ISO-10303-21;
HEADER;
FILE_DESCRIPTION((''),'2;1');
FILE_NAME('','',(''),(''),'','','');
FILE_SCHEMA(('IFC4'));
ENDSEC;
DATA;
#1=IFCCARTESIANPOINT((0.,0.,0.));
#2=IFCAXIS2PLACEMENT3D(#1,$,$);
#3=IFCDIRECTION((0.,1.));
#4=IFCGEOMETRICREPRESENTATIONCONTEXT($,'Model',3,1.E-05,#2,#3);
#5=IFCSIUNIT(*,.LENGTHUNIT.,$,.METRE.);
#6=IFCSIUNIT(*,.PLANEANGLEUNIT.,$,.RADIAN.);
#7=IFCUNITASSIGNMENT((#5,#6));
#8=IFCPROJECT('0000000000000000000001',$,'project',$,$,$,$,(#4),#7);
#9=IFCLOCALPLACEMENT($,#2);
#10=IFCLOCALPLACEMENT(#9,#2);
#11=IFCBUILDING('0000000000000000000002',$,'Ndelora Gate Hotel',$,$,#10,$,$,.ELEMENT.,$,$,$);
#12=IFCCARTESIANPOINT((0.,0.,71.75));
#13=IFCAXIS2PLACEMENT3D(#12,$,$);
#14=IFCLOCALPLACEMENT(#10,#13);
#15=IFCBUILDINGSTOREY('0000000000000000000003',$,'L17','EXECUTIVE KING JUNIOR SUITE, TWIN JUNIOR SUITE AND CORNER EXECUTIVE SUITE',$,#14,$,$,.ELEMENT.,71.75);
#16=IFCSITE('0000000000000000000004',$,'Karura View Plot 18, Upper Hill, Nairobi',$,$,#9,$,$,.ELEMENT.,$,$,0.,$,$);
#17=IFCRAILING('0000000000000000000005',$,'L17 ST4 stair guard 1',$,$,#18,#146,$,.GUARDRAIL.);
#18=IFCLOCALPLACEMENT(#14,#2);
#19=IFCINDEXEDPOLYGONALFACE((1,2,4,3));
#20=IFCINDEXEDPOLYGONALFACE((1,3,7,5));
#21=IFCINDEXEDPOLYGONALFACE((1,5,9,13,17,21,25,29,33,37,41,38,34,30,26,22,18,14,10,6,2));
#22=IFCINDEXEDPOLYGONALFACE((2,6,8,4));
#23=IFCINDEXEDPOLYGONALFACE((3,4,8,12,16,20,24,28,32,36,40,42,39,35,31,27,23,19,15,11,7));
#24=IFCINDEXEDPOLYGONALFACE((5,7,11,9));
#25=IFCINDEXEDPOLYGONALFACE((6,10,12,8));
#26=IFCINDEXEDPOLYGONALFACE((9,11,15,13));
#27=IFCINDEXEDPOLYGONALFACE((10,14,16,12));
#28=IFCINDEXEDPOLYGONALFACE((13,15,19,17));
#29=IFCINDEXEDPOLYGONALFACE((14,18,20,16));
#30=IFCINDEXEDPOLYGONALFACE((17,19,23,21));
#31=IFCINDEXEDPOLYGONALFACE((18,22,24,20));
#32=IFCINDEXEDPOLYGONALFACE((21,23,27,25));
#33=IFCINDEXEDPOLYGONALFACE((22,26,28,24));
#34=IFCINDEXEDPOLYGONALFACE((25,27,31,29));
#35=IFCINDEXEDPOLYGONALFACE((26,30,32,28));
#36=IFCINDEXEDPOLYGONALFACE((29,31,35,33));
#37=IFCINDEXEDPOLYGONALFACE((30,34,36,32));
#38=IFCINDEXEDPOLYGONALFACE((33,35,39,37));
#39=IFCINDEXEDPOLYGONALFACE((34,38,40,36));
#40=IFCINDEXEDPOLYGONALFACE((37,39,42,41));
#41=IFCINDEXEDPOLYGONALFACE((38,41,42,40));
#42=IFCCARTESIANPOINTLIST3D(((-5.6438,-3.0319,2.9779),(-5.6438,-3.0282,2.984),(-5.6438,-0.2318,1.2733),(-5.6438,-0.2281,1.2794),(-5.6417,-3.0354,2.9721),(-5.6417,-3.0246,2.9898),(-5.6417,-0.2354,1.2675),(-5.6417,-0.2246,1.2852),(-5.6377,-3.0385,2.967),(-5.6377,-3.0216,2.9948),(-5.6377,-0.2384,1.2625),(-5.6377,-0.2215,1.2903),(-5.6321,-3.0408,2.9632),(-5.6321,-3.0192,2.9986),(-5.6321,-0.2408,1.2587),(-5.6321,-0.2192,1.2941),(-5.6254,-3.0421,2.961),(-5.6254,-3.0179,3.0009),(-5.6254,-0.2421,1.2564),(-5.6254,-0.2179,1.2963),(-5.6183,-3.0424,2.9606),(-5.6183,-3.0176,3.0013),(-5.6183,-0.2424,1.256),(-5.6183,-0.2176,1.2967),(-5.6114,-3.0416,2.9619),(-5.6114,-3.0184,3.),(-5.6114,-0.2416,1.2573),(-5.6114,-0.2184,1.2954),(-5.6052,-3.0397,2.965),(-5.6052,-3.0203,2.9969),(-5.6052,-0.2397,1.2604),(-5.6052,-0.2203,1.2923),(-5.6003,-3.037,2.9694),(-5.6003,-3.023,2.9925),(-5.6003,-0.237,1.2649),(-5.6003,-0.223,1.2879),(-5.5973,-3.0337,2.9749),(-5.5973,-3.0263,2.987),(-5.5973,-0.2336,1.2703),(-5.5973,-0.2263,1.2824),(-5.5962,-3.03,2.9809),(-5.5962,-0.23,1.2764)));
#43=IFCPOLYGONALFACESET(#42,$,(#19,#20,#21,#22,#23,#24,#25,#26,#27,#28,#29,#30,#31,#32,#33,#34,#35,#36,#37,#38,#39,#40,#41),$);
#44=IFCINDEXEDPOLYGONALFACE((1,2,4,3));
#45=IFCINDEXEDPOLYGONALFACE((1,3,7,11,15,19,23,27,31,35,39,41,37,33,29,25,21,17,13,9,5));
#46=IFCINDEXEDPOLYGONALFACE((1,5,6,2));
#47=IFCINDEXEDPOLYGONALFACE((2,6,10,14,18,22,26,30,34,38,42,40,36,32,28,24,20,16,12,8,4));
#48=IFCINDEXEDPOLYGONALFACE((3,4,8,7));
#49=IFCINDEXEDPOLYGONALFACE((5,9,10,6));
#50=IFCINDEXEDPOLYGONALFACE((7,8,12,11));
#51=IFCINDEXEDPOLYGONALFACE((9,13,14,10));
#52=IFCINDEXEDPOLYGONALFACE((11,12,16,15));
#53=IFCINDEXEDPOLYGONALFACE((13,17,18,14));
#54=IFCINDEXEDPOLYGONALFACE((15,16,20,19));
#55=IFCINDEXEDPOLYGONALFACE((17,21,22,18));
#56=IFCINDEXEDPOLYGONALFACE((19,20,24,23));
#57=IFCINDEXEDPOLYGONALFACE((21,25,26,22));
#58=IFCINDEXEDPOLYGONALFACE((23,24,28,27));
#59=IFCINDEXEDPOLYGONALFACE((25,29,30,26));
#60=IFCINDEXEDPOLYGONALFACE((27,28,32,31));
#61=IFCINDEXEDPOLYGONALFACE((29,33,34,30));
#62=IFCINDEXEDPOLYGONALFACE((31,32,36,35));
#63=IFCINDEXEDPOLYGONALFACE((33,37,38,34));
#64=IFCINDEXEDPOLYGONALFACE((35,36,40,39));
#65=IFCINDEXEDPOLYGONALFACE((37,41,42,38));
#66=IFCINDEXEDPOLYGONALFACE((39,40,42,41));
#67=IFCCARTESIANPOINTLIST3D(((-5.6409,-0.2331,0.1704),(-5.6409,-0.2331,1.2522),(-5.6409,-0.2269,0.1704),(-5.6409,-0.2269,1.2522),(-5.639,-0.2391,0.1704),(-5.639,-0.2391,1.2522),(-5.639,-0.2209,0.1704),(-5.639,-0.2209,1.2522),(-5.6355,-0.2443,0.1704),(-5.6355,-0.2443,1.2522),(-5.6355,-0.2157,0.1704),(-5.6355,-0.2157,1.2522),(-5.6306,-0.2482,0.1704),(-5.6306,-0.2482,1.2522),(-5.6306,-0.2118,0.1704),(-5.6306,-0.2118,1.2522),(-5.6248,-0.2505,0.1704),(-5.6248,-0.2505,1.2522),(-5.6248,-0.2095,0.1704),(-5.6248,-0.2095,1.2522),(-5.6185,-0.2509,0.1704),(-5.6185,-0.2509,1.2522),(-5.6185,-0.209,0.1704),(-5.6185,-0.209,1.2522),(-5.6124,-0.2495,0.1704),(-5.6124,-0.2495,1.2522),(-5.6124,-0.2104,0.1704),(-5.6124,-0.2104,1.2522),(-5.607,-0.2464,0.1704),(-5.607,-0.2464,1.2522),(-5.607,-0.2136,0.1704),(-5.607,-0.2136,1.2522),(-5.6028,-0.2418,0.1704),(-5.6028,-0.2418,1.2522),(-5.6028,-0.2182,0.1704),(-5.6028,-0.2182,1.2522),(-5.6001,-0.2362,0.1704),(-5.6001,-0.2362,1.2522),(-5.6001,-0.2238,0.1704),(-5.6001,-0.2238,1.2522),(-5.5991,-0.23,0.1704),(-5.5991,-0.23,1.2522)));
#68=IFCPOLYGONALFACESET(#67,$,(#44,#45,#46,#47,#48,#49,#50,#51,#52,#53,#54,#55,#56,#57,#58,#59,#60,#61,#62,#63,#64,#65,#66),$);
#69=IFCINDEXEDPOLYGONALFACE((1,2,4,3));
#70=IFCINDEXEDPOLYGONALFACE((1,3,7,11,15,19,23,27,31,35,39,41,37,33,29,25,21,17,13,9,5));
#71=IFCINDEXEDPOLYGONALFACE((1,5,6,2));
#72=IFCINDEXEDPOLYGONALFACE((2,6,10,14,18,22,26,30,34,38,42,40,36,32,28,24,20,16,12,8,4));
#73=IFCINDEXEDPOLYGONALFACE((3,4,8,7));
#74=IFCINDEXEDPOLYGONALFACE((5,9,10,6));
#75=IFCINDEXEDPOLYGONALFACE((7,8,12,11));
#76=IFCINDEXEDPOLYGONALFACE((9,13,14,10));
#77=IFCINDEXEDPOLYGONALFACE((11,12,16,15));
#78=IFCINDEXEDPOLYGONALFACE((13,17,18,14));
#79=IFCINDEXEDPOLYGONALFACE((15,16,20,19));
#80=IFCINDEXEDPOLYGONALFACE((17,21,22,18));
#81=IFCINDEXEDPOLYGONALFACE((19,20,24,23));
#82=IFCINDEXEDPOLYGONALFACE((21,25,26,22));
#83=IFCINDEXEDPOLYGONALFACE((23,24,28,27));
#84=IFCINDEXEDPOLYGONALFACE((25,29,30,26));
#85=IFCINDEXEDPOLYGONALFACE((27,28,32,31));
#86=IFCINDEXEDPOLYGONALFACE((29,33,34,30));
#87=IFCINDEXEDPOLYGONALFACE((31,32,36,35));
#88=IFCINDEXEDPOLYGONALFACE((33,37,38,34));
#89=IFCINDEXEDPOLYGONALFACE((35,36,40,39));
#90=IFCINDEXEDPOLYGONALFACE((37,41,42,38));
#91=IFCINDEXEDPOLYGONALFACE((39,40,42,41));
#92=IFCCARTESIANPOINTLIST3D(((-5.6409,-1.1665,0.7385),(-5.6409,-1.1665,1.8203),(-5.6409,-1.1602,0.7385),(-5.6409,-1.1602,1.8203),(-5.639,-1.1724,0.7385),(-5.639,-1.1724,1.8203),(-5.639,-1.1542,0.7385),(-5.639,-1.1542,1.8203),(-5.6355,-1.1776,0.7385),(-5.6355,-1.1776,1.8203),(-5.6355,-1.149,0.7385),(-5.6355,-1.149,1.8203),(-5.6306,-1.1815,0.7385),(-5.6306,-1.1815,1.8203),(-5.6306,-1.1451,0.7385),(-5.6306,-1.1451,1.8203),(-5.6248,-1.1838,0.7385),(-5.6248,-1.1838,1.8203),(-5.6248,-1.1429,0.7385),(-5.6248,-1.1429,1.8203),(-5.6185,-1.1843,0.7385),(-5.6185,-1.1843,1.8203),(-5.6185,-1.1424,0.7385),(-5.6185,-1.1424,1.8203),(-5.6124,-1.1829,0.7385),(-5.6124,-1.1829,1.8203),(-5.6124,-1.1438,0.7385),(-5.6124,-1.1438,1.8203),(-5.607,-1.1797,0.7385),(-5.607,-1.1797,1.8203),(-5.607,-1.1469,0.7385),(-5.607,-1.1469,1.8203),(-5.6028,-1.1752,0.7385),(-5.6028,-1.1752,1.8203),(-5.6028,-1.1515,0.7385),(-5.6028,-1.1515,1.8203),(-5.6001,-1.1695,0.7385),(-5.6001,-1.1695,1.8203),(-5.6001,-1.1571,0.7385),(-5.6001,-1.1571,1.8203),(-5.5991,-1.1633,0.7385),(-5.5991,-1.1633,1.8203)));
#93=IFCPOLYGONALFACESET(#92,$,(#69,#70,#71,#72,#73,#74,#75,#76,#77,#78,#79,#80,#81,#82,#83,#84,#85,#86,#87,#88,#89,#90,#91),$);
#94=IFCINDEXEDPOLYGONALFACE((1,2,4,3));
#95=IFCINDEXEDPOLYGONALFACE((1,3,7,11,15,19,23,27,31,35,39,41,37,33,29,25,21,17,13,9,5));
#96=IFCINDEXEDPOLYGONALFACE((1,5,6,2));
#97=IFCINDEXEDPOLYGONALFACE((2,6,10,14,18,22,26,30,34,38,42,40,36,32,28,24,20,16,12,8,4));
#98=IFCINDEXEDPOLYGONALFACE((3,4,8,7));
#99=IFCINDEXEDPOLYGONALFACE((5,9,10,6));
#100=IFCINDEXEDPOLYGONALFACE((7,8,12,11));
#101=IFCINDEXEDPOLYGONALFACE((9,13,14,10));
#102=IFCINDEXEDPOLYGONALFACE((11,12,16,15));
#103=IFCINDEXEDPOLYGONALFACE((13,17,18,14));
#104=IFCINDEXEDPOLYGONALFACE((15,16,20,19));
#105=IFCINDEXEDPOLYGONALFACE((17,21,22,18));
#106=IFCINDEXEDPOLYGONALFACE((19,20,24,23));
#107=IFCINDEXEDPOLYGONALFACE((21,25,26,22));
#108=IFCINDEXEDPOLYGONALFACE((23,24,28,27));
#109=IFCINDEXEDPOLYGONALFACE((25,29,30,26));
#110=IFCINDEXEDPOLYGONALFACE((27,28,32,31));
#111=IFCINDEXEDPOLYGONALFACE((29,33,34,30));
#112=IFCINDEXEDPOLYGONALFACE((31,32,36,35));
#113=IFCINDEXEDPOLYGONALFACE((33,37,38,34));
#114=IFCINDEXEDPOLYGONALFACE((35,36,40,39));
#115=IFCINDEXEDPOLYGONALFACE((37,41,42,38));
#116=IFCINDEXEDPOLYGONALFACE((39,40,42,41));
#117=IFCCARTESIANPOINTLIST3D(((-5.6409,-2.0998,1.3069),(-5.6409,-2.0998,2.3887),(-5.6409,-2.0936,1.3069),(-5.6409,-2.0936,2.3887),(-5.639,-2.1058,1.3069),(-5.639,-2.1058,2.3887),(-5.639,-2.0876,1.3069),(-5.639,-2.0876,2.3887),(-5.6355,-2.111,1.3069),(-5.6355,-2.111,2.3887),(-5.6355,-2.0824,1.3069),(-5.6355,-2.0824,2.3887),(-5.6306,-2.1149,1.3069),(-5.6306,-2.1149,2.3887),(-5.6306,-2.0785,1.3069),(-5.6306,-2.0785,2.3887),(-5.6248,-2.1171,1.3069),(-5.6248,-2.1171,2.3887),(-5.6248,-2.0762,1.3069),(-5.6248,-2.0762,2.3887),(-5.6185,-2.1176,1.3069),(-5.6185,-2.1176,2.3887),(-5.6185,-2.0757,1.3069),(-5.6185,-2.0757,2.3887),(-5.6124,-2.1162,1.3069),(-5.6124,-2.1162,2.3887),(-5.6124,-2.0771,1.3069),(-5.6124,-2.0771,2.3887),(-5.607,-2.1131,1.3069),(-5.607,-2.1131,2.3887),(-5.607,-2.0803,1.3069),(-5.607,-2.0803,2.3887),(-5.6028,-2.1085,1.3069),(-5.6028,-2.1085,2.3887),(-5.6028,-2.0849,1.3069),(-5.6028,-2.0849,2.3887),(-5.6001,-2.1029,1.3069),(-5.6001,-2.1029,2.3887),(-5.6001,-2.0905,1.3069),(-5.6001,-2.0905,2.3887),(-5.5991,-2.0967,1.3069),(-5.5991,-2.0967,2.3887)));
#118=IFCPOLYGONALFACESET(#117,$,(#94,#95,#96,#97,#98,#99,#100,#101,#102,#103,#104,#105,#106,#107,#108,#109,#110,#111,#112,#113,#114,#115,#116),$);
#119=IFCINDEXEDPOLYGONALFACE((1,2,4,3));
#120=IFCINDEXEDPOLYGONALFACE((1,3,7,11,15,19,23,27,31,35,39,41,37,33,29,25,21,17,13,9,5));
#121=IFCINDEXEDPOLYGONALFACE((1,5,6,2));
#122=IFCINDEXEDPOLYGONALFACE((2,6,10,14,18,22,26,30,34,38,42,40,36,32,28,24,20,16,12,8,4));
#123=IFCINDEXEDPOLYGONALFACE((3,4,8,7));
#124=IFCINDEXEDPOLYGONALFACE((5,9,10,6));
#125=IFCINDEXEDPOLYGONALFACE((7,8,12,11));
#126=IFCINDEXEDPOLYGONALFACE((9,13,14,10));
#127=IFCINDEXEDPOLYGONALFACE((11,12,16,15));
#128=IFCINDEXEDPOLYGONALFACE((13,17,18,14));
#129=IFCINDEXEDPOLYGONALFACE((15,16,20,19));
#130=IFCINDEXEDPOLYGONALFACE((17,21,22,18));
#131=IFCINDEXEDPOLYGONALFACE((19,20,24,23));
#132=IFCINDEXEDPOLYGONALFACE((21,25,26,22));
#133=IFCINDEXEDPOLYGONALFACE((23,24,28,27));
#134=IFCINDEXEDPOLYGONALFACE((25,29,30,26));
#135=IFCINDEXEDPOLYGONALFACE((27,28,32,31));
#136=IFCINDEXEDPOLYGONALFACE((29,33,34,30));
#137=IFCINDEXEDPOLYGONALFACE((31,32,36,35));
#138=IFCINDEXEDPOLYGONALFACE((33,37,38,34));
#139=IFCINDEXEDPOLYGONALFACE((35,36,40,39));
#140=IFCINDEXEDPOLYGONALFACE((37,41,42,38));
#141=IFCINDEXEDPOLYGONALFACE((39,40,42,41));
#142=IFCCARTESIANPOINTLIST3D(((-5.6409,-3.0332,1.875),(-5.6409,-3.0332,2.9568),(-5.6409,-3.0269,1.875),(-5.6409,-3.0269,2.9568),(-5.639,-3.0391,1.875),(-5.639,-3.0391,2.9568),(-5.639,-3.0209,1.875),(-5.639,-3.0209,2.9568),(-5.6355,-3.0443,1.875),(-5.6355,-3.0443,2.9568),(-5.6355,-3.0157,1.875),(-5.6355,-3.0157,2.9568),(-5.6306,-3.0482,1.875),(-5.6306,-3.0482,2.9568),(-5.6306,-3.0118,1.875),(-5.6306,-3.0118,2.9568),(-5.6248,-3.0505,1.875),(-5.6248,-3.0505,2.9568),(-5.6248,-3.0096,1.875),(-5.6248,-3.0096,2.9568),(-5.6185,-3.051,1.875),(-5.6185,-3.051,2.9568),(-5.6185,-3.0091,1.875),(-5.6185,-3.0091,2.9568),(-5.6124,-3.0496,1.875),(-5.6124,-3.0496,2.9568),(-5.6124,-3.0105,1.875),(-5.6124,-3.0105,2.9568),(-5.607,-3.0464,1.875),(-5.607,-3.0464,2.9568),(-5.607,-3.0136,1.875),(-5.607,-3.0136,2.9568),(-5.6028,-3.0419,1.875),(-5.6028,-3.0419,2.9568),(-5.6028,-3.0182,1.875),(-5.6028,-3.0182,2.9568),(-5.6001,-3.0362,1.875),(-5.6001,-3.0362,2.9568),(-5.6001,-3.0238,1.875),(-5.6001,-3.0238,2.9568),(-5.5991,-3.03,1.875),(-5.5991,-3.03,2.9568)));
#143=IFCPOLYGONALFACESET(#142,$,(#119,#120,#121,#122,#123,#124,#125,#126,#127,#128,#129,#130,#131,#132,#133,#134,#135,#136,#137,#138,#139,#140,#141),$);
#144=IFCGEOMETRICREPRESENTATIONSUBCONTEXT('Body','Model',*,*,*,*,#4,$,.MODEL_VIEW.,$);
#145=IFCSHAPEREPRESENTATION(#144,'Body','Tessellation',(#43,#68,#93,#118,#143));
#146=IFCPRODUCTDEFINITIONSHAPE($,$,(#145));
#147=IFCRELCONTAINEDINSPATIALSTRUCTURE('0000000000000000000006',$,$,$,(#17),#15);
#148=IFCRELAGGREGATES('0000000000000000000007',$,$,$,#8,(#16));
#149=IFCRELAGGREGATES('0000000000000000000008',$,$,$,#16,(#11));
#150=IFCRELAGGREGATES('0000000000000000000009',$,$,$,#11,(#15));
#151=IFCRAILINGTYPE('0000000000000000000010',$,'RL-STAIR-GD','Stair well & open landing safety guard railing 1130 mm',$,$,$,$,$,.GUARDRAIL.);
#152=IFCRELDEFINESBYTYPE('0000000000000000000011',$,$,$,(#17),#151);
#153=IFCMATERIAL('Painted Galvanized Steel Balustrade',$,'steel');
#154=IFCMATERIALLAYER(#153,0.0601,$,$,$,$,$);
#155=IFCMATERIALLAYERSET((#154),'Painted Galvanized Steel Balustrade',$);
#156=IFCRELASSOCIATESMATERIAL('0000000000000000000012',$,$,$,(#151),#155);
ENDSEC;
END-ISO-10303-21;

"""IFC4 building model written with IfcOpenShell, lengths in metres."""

from ifc_helpers import new_model, si_unit, direction, frame, origin, origin_2d, place, context, subcontext, project, spatial, circle, extrude, material, layer, layer_set, type_object, element, save


model = new_model("IFC4")

# Units and contexts
model_context = context("Model", 3, precision=1e-05, world=origin(), true_north=direction((0.0, 1.0)))
body_context = subcontext(model_context, "Body", "Model", "MODEL_VIEW")
ifc_project = project(units=[si_unit("LENGTHUNIT", "METRE"), si_unit("PLANEANGLEUNIT", "RADIAN")], contexts=[model_context])

# Site, building, storey
site_placement = place(None, origin())
site = spatial("IfcSite", under=ifc_project, at=site_placement, Name="Karura View Plot 18, Upper Hill, Nairobi", CompositionType="ELEMENT", RefElevation=0.0)
building_placement = place(site_placement, origin())
building = spatial("IfcBuilding", under=site, at=building_placement, Name="Ndelora Gate Hotel", CompositionType="ELEMENT")
storey_placement = place(building_placement, frame((0.0, 0.0, 71.75)))
storey = spatial("IfcBuildingStorey", under=building, at=storey_placement, Name="L17", Description="EXECUTIVE KING JUNIOR SUITE, TWIN JUNIOR SUITE AND CORNER EXECUTIVE SUITE", CompositionType="ELEMENT", Elevation=71.75)

# Railing
ifc_material_1 = material(Name="Painted Galvanized Steel Balustrade", Category="steel")
ifc_layer_1 = layer(ifc_material_1, 0.0601)
ifc_layer_set_1 = layer_set([ifc_layer_1], Name="Painted Galvanized Steel Balustrade")
railing_type_1 = type_object("IfcRailingType", Name="RL-STAIR-GD", Description="Stair well & open landing safety guard railing 1130 mm", PredefinedType="GUARDRAIL", material=ifc_layer_set_1)
railing_1_placement = place(storey_placement, frame((-5.6201, -0.23, 0.1704)))
element("IfcRailing", 1, at=railing_1_placement, inside=storey, type_object=railing_type_1, Name="L17 ST4 stair guard 1", PredefinedType="GUARDRAIL", context=body_context, shape_type="SweptSolid", body=[
    extrude(circle(Radius=0.0239, at=origin_2d()), frame((0.0, 0.0, 1.106), z_axis=(0.0, -0.85417, 0.519994), x_axis=(1.0, 0.0, 0.0)), (0.0, 0.0, 1.0), 3.2781),
    extrude(circle(Radius=0.021, at=origin_2d()), origin(), (0.0, 0.0, 1.0), 1.0818),
    extrude(circle(Radius=0.021, at=origin_2d()), frame((0.0, -0.9333, 0.5681)), (0.0, 0.0, 1.0), 1.0818),
    extrude(circle(Radius=0.021, at=origin_2d()), frame((0.0, -1.8667, 1.1365)), (0.0, 0.0, 1.0), 1.0818),
    extrude(circle(Radius=0.021, at=origin_2d()), frame((0.0, -2.8, 1.7046)), (0.0, 0.0, 1.0), 1.0818),
])

save(model, "model.ifc")
